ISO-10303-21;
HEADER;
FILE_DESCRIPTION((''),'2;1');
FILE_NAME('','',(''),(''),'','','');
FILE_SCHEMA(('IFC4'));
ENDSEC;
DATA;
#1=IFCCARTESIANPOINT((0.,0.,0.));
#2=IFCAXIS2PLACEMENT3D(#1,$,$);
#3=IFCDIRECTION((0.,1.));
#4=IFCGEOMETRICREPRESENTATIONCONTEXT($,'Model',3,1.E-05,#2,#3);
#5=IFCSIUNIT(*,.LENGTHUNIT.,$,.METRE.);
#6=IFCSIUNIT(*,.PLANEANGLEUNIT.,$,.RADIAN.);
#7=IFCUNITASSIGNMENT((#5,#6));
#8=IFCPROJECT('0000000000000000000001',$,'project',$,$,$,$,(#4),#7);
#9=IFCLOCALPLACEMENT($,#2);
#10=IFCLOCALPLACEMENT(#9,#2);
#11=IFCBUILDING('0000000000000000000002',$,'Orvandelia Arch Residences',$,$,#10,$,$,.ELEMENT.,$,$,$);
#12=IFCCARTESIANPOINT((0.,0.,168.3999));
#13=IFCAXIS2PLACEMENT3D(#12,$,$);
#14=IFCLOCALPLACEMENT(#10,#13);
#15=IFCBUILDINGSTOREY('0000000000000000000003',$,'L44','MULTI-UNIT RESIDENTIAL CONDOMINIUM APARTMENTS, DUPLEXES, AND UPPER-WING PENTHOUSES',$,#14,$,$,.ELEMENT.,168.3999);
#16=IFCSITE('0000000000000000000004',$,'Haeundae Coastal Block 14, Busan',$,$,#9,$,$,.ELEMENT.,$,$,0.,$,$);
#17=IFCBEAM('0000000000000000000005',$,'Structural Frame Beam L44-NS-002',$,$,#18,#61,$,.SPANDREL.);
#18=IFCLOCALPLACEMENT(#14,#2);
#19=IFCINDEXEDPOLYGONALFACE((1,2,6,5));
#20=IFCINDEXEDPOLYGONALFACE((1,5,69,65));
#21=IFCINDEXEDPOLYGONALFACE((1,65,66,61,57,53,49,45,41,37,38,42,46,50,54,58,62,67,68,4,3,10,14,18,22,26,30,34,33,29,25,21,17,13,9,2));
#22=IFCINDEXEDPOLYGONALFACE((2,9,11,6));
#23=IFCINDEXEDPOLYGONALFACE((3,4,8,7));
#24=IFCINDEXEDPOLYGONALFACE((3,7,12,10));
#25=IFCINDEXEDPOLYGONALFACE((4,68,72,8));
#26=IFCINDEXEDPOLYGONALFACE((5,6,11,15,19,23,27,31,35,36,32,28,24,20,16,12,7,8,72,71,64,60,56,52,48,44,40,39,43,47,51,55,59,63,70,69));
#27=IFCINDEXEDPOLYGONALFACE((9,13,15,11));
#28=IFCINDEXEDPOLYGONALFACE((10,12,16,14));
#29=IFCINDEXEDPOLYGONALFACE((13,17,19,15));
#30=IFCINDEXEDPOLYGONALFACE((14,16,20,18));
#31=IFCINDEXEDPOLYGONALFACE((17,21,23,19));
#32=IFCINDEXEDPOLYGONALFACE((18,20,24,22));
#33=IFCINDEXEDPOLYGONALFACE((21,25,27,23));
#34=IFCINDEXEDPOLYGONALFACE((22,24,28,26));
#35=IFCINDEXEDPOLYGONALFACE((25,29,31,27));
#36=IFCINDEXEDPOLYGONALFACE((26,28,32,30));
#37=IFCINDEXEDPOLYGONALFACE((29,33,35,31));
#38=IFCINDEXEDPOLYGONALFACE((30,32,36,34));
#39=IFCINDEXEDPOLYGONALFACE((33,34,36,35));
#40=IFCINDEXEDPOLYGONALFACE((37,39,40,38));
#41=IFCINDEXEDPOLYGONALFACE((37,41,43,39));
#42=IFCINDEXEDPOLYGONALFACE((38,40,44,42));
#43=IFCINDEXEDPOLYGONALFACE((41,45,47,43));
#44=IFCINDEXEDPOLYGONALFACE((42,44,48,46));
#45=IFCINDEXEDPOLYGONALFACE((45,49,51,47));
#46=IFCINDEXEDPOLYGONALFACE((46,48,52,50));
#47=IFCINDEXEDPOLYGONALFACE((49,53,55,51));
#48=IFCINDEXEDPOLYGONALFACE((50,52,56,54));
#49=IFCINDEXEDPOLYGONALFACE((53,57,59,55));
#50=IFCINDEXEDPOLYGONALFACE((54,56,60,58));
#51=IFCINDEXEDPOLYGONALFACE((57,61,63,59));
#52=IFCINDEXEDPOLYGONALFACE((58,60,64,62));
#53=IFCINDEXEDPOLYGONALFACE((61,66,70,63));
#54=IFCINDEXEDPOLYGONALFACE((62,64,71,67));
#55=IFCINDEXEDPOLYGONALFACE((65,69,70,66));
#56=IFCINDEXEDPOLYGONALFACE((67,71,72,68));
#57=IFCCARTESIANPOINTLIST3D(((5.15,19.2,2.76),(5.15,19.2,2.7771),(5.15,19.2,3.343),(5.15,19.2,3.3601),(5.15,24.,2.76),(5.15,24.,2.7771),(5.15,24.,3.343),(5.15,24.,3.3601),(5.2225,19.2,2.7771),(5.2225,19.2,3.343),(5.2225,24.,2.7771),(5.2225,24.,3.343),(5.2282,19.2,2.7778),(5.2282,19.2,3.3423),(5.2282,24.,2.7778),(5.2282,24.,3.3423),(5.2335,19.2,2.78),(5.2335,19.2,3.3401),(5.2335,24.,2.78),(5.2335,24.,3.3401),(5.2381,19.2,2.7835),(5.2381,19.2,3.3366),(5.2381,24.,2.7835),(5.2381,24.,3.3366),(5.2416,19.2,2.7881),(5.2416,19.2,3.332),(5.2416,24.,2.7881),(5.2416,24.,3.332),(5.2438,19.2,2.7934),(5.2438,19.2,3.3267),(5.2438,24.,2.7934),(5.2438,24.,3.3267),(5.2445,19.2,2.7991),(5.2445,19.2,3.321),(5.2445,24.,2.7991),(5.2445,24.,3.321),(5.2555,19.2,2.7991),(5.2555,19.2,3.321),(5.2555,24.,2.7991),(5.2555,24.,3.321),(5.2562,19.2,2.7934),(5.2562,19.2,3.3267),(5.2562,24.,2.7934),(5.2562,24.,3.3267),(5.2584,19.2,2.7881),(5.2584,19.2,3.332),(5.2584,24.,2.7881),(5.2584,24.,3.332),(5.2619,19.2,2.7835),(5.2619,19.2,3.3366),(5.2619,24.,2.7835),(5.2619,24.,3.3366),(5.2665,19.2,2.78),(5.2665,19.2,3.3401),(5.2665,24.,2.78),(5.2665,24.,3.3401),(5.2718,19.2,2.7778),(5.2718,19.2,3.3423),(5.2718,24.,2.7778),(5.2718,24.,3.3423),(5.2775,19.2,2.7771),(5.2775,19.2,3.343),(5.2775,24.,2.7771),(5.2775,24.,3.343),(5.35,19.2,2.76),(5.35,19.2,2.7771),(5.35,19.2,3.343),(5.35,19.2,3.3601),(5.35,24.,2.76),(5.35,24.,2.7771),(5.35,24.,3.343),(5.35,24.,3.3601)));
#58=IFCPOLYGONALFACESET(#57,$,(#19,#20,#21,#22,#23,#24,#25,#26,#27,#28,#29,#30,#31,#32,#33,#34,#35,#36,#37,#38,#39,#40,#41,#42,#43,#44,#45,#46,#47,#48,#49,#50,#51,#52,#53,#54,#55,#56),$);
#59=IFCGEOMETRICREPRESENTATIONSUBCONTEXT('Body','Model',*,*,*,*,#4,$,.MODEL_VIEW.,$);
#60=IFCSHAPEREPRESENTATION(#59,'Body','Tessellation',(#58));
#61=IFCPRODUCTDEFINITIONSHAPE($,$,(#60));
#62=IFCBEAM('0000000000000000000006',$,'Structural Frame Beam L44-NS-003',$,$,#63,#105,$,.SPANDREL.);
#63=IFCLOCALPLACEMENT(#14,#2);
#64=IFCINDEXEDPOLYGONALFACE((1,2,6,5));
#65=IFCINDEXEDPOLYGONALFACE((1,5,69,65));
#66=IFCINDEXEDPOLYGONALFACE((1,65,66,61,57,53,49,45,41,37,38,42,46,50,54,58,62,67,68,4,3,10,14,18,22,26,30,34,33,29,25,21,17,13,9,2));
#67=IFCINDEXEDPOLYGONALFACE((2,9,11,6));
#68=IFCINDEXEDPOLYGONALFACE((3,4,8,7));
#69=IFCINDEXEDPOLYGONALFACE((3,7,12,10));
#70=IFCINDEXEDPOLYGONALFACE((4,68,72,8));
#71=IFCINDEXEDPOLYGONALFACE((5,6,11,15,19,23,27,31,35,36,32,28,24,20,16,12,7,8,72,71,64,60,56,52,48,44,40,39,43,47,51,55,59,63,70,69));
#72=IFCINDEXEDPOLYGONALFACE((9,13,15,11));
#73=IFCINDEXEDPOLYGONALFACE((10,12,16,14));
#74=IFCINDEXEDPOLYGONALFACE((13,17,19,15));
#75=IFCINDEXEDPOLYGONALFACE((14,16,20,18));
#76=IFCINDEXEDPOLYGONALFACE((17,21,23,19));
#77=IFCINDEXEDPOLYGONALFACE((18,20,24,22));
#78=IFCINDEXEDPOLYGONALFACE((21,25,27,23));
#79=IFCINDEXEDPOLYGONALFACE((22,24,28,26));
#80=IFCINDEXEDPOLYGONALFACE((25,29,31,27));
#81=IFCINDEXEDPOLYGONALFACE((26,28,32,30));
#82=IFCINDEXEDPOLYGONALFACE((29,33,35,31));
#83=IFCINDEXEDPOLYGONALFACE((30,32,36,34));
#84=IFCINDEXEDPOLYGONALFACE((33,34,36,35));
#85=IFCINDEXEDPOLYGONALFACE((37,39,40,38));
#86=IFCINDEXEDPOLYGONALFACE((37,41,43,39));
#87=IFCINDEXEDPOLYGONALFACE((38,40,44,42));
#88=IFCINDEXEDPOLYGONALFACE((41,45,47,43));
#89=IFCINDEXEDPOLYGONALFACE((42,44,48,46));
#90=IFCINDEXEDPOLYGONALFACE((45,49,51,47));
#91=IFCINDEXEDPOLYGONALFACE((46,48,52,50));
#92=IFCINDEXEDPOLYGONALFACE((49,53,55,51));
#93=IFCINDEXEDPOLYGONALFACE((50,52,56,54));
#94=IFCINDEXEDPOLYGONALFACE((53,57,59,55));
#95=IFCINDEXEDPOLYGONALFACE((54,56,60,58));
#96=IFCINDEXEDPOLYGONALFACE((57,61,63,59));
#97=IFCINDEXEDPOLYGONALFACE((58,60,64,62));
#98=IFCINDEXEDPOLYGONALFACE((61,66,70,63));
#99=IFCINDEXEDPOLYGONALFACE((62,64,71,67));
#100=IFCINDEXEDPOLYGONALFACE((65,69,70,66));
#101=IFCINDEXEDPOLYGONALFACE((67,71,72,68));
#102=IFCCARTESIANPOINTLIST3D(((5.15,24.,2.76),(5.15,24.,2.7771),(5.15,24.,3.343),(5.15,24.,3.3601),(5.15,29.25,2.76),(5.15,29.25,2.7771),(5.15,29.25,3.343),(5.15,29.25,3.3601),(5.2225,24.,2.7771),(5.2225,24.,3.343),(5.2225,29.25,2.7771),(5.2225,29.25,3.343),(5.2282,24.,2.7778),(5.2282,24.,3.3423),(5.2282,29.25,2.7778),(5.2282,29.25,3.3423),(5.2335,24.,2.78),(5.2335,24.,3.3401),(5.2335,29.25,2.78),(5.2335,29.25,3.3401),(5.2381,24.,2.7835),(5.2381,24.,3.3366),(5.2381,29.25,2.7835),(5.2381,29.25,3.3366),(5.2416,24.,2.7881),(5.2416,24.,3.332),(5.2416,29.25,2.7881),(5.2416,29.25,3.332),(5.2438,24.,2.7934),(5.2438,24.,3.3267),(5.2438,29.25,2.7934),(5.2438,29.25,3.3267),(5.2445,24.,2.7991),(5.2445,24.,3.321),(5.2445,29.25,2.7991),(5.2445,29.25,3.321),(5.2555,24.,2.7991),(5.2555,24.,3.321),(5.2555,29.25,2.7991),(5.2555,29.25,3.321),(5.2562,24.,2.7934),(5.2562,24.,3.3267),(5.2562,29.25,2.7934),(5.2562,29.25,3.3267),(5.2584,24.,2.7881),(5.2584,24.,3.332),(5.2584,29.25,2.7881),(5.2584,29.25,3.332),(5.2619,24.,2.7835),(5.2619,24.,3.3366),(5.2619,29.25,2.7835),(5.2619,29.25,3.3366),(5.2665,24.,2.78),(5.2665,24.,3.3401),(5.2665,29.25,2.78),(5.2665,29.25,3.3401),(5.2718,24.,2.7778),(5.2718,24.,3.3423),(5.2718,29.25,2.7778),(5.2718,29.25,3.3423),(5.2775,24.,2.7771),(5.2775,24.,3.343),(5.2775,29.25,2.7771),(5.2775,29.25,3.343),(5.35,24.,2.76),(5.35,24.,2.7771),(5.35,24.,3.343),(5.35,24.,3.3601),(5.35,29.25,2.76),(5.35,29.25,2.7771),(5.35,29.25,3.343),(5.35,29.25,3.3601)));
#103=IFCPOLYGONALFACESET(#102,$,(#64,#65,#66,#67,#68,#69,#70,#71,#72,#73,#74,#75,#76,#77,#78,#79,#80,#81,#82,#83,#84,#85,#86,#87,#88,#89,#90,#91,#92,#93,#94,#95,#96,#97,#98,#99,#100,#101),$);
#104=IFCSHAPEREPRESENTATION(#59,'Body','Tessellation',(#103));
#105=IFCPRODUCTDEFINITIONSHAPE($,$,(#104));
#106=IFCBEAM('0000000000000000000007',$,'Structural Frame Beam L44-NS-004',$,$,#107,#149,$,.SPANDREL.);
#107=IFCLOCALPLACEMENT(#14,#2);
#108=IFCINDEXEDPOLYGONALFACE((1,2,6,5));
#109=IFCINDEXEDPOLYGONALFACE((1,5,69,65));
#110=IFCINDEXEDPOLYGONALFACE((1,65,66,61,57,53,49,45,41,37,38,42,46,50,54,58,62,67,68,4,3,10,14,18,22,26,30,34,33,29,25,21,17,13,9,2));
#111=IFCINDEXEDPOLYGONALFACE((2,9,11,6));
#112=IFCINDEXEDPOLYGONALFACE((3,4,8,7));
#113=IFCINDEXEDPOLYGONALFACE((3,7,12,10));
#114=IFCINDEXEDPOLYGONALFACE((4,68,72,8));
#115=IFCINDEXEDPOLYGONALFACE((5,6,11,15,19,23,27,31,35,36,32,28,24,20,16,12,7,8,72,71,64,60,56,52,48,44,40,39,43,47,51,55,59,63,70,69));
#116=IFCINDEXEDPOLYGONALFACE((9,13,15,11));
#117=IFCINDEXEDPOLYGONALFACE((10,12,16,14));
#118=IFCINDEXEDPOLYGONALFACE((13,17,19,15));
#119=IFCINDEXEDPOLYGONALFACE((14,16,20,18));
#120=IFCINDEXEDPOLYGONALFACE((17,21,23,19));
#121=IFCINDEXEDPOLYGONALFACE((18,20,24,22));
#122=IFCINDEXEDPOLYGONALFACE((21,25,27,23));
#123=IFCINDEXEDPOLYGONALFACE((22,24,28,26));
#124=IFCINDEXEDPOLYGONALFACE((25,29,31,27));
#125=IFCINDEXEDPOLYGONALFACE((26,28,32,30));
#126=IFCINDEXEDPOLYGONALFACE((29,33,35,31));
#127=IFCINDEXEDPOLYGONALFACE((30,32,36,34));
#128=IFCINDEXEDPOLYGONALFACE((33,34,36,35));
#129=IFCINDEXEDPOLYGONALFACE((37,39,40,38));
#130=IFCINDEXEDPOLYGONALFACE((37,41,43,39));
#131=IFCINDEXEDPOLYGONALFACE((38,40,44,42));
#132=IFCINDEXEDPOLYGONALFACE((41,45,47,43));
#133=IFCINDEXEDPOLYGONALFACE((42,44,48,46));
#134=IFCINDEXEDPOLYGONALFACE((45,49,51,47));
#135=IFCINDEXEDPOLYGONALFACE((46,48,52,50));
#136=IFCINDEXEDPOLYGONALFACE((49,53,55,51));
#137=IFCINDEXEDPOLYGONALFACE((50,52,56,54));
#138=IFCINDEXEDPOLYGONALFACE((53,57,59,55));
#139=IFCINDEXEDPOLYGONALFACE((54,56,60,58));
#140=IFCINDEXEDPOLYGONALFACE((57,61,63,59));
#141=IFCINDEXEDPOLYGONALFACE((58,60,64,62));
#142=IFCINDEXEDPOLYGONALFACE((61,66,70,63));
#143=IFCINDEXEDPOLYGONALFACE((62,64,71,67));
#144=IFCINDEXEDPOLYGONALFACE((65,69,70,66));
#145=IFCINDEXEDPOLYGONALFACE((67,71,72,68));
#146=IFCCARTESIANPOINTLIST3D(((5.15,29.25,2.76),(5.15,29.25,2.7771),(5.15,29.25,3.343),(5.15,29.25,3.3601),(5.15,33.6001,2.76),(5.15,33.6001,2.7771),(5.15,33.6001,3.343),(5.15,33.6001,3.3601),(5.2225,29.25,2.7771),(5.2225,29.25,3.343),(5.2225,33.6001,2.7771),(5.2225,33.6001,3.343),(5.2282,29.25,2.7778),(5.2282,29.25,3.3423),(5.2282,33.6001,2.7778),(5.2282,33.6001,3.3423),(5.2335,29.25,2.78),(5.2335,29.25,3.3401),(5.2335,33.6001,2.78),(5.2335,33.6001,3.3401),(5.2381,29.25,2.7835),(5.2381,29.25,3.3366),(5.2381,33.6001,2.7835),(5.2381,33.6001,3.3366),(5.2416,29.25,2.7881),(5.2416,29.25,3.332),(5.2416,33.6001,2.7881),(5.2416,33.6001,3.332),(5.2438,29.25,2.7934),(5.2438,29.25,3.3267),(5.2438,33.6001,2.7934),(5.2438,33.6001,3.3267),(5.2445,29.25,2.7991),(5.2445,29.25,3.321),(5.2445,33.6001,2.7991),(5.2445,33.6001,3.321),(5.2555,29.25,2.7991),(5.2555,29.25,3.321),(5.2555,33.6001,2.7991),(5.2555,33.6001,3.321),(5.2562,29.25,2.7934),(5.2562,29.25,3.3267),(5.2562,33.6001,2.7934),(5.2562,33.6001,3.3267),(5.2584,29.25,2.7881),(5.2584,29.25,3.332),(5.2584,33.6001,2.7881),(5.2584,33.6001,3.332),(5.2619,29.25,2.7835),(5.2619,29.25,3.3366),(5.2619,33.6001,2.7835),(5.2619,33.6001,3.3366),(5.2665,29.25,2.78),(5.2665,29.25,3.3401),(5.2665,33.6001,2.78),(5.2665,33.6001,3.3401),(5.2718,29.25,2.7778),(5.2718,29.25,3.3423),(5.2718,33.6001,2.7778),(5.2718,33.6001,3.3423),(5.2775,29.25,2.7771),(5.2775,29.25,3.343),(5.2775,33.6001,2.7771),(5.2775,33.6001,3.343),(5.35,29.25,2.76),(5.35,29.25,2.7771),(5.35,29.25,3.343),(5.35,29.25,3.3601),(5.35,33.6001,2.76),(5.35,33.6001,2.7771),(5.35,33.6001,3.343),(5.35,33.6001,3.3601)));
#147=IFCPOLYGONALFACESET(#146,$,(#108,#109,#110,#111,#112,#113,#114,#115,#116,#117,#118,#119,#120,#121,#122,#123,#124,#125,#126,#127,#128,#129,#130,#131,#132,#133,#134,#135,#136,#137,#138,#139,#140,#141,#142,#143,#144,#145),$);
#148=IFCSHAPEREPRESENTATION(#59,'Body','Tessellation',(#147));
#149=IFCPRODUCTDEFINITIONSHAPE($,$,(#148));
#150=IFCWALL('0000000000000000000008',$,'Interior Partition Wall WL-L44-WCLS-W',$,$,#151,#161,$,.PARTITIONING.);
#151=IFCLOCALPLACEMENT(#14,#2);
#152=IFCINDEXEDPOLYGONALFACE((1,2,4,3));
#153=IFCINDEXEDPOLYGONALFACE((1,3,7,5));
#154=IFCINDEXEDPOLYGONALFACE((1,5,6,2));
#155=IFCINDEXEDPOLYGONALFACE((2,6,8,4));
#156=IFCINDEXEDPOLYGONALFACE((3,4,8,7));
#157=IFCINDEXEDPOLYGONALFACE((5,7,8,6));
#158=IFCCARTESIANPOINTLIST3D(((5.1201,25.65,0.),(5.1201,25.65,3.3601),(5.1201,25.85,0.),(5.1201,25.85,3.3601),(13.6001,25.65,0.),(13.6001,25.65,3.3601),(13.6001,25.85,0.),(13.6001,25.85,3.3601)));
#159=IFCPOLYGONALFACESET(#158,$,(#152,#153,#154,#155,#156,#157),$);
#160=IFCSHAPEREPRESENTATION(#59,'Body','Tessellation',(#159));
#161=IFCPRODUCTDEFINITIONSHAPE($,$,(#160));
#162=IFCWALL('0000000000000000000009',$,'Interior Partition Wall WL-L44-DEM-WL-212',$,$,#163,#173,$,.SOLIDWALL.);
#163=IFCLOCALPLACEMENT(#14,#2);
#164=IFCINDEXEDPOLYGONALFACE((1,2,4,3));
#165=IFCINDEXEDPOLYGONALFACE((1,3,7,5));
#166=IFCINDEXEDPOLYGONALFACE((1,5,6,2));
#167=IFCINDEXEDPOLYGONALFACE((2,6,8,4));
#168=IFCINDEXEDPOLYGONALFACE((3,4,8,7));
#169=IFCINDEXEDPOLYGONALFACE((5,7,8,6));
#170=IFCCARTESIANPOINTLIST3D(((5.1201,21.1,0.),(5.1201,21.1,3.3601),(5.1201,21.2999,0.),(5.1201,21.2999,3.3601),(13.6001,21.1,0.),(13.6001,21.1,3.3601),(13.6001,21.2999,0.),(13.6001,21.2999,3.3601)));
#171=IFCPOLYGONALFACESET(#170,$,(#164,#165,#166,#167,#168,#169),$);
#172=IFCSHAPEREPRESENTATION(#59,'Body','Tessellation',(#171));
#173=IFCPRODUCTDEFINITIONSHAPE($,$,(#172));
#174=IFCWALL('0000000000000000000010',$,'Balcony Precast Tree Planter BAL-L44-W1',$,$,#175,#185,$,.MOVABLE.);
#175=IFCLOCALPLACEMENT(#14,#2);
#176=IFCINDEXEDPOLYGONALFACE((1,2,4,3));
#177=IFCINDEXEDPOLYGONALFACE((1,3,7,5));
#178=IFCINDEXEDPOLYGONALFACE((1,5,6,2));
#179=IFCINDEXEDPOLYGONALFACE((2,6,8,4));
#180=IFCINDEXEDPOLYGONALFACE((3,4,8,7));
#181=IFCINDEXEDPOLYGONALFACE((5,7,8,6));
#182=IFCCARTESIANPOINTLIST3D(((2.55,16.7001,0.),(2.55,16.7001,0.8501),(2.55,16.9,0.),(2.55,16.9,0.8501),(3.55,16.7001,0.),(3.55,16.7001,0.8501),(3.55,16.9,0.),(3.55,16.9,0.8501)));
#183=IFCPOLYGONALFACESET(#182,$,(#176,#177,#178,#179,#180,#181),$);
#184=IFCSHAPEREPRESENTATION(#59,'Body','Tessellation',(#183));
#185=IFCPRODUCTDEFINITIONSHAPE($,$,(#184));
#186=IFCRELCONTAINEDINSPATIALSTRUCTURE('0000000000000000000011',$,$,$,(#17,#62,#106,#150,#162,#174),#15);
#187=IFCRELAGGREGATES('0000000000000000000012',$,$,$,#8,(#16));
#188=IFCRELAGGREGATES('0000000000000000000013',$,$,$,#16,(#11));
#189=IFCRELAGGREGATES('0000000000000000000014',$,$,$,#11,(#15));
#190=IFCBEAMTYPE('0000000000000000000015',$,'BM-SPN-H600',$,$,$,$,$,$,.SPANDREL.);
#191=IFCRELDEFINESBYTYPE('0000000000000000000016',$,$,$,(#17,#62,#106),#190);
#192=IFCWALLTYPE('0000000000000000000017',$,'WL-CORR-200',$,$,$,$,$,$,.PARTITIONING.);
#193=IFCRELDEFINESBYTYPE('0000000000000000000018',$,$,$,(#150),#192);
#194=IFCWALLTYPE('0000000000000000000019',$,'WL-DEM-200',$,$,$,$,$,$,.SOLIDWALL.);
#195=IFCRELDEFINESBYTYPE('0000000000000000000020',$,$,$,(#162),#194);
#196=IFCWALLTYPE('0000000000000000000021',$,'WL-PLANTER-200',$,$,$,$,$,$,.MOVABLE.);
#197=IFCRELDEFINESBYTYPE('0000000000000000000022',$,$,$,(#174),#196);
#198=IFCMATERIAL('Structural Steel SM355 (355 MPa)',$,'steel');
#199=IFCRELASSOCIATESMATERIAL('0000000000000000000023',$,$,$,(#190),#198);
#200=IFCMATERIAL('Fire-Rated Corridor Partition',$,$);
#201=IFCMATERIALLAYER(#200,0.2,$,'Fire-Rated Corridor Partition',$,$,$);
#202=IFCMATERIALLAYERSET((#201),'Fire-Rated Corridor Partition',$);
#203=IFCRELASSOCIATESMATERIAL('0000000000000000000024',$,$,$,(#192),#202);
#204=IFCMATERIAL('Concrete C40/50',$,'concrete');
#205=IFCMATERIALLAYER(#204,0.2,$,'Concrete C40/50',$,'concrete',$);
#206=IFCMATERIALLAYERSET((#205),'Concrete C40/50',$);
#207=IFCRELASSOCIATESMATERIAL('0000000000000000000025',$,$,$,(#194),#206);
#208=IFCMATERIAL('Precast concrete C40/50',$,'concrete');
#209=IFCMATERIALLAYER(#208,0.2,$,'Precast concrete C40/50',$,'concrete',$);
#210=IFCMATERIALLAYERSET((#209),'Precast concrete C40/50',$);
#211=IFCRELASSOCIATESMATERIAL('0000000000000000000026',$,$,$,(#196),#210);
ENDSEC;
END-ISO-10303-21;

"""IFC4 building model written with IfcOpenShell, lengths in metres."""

from ifc_helpers import new_model, si_unit, direction, frame, frame_2d, origin, origin_2d, place, context, subcontext, project, spatial, rectangle, i_section, extrude, material, layer, layer_set, material_profile, profile_set, type_object, element, save


model = new_model("IFC4")

# Units and contexts
model_context = context("Model", 3, precision=1e-05, world=origin(), true_north=direction((0.0, 1.0)))
body_context = subcontext(model_context, "Body", "Model", "MODEL_VIEW")
ifc_project = project(units=[si_unit("LENGTHUNIT", "METRE"), si_unit("PLANEANGLEUNIT", "RADIAN")], contexts=[model_context])

# Site, building, storey
site_placement = place(None, origin())
site = spatial("IfcSite", under=ifc_project, at=site_placement, Name="Haeundae Coastal Block 14, Busan", CompositionType="ELEMENT", RefElevation=0.0)
building_placement = place(site_placement, origin())
building = spatial("IfcBuilding", under=site, at=building_placement, Name="Orvandelia Arch Residences", CompositionType="ELEMENT")
storey_placement = place(building_placement, frame((0.0, 0.0, 168.3999)))
storey = spatial("IfcBuildingStorey", under=building, at=storey_placement, Name="L44", Description="MULTI-UNIT RESIDENTIAL CONDOMINIUM APARTMENTS, DUPLEXES, AND UPPER-WING PENTHOUSES", CompositionType="ELEMENT", Elevation=168.3999)

# Beams
ifc_material_1 = material(Name="Structural Steel SM355 (355 MPa)", Category="steel")
ifc_material_profile_1 = material_profile(ifc_material_1, i_section(OverallWidth=0.2, OverallDepth=0.6001, WebThickness=0.011, FlangeThickness=0.0171, FilletRadius=0.022, at=origin_2d()), Name="Structural Steel SM355 (355 MPa)", Category="steel")
ifc_profile_set_1 = profile_set([ifc_material_profile_1], Name="Structural Steel SM355 (355 MPa)")
beam_type_1 = type_object("IfcBeamType", Name="BM-SPN-H600", PredefinedType="SPANDREL", material=ifc_profile_set_1)
beam_1_placement = place(storey_placement, frame((5.25, 19.2, 3.0601), z_axis=(0.0, 1.0, 0.0), x_axis=(-1.0, 0.0, 0.0)))
element("IfcBeam", 1, at=beam_1_placement, inside=storey, type_object=beam_type_1, Name="Structural Frame Beam L44-NS-002", PredefinedType="SPANDREL", context=body_context, shape_type="SweptSolid", body=[
    extrude(i_section(OverallWidth=0.2, OverallDepth=0.6001, WebThickness=0.011, FlangeThickness=0.0171, FilletRadius=0.022, at=origin_2d()), origin(), (0.0, 0.0, 1.0), 4.8),
])
beam_2_placement = place(storey_placement, frame((5.25, 24.0, 3.0601), z_axis=(0.0, 1.0, 0.0), x_axis=(-1.0, 0.0, 0.0)))
element("IfcBeam", 2, at=beam_2_placement, inside=storey, type_object=beam_type_1, Name="Structural Frame Beam L44-NS-003", PredefinedType="SPANDREL", context=body_context, shape_type="SweptSolid", body=[
    extrude(i_section(OverallWidth=0.2, OverallDepth=0.6001, WebThickness=0.011, FlangeThickness=0.0171, FilletRadius=0.022, at=origin_2d()), origin(), (0.0, 0.0, 1.0), 5.25),
])
beam_3_placement = place(storey_placement, frame((5.25, 29.25, 3.0601), z_axis=(0.0, 1.0, 0.0), x_axis=(-1.0, 0.0, 0.0)))
element("IfcBeam", 3, at=beam_3_placement, inside=storey, type_object=beam_type_1, Name="Structural Frame Beam L44-NS-004", PredefinedType="SPANDREL", context=body_context, shape_type="SweptSolid", body=[
    extrude(i_section(OverallWidth=0.2, OverallDepth=0.6001, WebThickness=0.011, FlangeThickness=0.0171, FilletRadius=0.022, at=origin_2d()), origin(), (0.0, 0.0, 1.0), 4.3501),
])

# Walls
ifc_material_2 = material(Name="Fire-Rated Corridor Partition")
ifc_layer_1 = layer(ifc_material_2, 0.2, Name="Fire-Rated Corridor Partition")
ifc_layer_set_1 = layer_set([ifc_layer_1], Name="Fire-Rated Corridor Partition")
wall_type_1 = type_object("IfcWallType", Name="WL-CORR-200", PredefinedType="PARTITIONING", material=ifc_layer_set_1)
wall_1_placement = place(storey_placement, frame((5.1201, 25.75, 0.0), z_axis=(0.0, 0.0, 1.0), x_axis=(1.0, 0.0, 0.0)))
element("IfcWall", 4, at=wall_1_placement, inside=storey, type_object=wall_type_1, Name="Interior Partition Wall WL-L44-WCLS-W", PredefinedType="PARTITIONING", context=body_context, shape_type="SweptSolid", body=[
    extrude(rectangle(XDim=8.48, YDim=0.2, at=frame_2d((4.24, 0.0))), origin(), (0.0, 0.0, 1.0), 3.3601),
])
ifc_material_3 = material(Name="Concrete C40/50", Category="concrete")
ifc_layer_2 = layer(ifc_material_3, 0.2, Name="Concrete C40/50", Category="concrete")
ifc_layer_set_2 = layer_set([ifc_layer_2], Name="Concrete C40/50")
wall_type_2 = type_object("IfcWallType", Name="WL-DEM-200", PredefinedType="SOLIDWALL", material=ifc_layer_set_2)
wall_2_placement = place(storey_placement, frame((5.1201, 21.2, 0.0), z_axis=(0.0, 0.0, 1.0), x_axis=(1.0, 0.0, 0.0)))
element("IfcWall", 5, at=wall_2_placement, inside=storey, type_object=wall_type_2, Name="Interior Partition Wall WL-L44-DEM-WL-212", PredefinedType="SOLIDWALL", context=body_context, shape_type="SweptSolid", body=[
    extrude(rectangle(XDim=8.48, YDim=0.2, at=frame_2d((4.24, 0.0))), origin(), (0.0, 0.0, 1.0), 3.3601),
])
ifc_material_4 = material(Name="Precast concrete C40/50", Category="concrete")
ifc_layer_3 = layer(ifc_material_4, 0.2, Name="Precast concrete C40/50", Category="concrete")
ifc_layer_set_3 = layer_set([ifc_layer_3], Name="Precast concrete C40/50")
wall_type_3 = type_object("IfcWallType", Name="WL-PLANTER-200", PredefinedType="MOVABLE", material=ifc_layer_set_3)
wall_3_placement = place(storey_placement, frame((2.55, 16.8, 0.0), z_axis=(0.0, 0.0, 1.0), x_axis=(1.0, 0.0, 0.0)))
element("IfcWall", 6, at=wall_3_placement, inside=storey, type_object=wall_type_3, Name="Balcony Precast Tree Planter BAL-L44-W1", PredefinedType="MOVABLE", context=body_context, shape_type="SweptSolid", body=[
    extrude(rectangle(XDim=1.0, YDim=0.2, at=frame_2d((0.5, 0.0))), origin(), (0.0, 0.0, 1.0), 0.8501),
])

save(model, "model.ifc")
